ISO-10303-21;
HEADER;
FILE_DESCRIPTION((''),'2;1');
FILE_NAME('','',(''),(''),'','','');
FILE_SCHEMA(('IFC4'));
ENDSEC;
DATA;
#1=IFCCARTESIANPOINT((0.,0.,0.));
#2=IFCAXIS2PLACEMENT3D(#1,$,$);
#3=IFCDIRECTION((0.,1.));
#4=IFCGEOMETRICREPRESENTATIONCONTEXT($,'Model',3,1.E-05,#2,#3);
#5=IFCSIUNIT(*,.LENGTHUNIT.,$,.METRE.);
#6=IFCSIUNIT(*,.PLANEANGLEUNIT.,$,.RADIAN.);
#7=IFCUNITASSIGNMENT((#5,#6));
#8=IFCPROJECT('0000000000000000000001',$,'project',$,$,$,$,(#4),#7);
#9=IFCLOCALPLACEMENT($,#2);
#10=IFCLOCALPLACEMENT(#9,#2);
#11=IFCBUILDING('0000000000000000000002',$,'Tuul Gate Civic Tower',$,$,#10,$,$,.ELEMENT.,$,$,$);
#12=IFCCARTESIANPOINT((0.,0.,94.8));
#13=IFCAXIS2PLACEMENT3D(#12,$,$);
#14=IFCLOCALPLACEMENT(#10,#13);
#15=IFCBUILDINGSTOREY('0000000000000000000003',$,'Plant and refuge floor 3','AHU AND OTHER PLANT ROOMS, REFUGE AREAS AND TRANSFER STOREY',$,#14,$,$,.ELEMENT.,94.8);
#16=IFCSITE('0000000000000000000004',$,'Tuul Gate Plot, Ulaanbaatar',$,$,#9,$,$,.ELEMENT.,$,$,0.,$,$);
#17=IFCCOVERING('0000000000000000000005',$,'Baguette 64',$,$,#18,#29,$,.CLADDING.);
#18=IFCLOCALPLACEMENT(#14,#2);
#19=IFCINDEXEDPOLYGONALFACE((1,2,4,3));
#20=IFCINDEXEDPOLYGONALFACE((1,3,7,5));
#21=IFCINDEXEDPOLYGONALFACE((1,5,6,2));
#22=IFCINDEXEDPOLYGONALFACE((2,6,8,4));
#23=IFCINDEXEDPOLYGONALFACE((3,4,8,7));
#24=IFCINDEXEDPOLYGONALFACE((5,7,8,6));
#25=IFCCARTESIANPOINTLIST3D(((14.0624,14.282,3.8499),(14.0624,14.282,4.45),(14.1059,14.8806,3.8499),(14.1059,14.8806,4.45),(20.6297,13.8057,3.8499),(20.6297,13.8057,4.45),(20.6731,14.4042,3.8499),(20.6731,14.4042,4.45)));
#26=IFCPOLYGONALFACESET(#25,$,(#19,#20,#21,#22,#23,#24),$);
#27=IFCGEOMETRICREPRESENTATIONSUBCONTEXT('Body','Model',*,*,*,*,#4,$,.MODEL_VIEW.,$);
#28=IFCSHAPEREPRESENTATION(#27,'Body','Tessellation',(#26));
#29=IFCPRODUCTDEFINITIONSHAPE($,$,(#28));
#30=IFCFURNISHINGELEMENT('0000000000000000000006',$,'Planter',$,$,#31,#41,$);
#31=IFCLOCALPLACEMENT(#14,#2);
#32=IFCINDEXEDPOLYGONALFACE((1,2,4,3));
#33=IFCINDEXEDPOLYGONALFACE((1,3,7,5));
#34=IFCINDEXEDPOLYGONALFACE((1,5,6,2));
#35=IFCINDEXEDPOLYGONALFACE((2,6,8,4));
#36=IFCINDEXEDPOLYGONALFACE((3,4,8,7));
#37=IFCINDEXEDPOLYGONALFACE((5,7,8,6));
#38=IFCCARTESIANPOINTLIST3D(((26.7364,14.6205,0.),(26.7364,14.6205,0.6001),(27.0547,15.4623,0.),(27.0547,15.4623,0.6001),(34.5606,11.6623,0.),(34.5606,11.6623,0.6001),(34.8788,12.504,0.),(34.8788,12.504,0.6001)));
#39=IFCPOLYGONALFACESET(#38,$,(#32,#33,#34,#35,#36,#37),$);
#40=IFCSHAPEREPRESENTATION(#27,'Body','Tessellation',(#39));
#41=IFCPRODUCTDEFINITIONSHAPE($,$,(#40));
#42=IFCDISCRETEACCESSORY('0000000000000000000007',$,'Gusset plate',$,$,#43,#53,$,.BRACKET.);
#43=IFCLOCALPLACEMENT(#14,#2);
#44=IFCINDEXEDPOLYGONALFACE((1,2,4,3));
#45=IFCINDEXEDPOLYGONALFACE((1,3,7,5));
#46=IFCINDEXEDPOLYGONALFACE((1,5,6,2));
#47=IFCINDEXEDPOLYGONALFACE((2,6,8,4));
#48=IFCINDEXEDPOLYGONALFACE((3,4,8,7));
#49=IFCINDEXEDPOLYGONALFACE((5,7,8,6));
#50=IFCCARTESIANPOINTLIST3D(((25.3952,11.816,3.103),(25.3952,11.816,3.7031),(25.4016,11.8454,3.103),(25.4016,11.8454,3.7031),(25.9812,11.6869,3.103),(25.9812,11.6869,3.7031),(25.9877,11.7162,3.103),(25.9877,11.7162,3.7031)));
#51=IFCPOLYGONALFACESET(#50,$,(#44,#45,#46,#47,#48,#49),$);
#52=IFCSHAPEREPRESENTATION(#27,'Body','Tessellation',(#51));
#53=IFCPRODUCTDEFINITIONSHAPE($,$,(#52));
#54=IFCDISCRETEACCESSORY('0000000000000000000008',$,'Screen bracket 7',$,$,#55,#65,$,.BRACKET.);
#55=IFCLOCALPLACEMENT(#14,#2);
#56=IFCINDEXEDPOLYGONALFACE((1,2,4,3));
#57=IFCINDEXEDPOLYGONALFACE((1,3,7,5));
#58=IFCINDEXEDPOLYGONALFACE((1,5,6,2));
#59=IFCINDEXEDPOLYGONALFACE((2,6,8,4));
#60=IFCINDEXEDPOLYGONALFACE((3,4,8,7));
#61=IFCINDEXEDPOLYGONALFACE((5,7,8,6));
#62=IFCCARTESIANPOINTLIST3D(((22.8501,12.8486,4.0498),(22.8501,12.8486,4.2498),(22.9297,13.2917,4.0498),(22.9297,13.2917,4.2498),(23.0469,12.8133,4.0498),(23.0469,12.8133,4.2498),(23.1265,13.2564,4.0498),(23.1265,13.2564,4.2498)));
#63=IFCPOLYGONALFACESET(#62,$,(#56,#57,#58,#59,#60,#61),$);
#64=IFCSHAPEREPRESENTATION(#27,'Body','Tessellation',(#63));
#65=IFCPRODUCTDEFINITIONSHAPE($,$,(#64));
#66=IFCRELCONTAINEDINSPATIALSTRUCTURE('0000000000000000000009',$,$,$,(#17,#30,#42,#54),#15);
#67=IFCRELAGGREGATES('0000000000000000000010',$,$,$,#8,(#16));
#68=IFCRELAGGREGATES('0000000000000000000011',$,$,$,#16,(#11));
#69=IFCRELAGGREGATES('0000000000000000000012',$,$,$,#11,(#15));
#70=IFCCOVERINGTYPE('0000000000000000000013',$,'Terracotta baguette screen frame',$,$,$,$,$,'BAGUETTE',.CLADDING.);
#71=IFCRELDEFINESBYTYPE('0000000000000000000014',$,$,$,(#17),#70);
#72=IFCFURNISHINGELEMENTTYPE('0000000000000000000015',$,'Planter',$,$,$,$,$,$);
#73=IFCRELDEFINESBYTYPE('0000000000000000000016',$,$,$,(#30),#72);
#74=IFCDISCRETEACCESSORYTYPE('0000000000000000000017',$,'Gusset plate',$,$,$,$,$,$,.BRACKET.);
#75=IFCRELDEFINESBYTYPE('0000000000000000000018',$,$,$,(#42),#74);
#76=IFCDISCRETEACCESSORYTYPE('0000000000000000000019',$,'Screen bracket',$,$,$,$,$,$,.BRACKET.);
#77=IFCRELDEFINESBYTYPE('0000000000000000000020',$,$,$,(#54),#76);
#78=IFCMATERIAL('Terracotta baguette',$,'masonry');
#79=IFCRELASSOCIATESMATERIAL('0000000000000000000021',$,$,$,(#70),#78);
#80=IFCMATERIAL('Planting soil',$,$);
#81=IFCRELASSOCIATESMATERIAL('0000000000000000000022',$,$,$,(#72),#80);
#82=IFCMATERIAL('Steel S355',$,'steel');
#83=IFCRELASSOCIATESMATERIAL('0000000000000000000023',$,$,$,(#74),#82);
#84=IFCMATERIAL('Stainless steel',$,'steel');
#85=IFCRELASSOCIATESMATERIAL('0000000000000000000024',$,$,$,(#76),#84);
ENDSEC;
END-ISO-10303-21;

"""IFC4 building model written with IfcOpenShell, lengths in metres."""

from ifc_helpers import new_model, si_unit, direction, frame, origin, origin_2d, place, context, subcontext, project, spatial, rectangle, extrude, material, material_profile, profile_set, type_object, element, save


model = new_model("IFC4")

# Units and contexts
model_context = context("Model", 3, precision=1e-05, world=origin(), true_north=direction((0.0, 1.0)))
body_context = subcontext(model_context, "Body", "Model", "MODEL_VIEW")
ifc_project = project(units=[si_unit("LENGTHUNIT", "METRE"), si_unit("PLANEANGLEUNIT", "RADIAN")], contexts=[model_context])

# Site, building, storey
site_placement = place(None, origin())
site = spatial("IfcSite", under=ifc_project, at=site_placement, Name="Tuul Gate Plot, Ulaanbaatar", CompositionType="ELEMENT", RefElevation=0.0)
building_placement = place(site_placement, origin())
building = spatial("IfcBuilding", under=site, at=building_placement, Name="Tuul Gate Civic Tower", CompositionType="ELEMENT")
storey_placement = place(building_placement, frame((0.0, 0.0, 94.8)))
storey = spatial("IfcBuildingStorey", under=building, at=storey_placement, Name="Plant and refuge floor 3", Description="AHU AND OTHER PLANT ROOMS, REFUGE AREAS AND TRANSFER STOREY", CompositionType="ELEMENT", Elevation=94.8)

# Covering
ifc_material_1 = material(Name="Terracotta baguette", Category="masonry")
ifc_material_profile_1 = material_profile(ifc_material_1, rectangle(XDim=0.6001, YDim=0.6001, at=origin_2d()), Name="Terracotta baguette screen frame")
ifc_profile_set_1 = profile_set([ifc_material_profile_1], Name="Terracotta baguette")
covering_type = type_object("IfcCoveringType", Name="Terracotta baguette screen frame", ElementType="BAGUETTE", PredefinedType="CLADDING", material=ifc_profile_set_1)
covering_1_placement = place(storey_placement, frame((20.6514, 14.105, 4.1499), z_axis=(-0.99738, 0.072341, 0.0), x_axis=(-0.072341, -0.99738, 0.0)))
element("IfcCovering", 1, at=covering_1_placement, inside=storey, type_object=covering_type, Name="Baguette 64", PredefinedType="CLADDING", context=body_context, shape_type="SweptSolid", body=[
    extrude(rectangle(XDim=0.6001, YDim=0.6001, at=origin_2d()), origin(), (0.0, 0.0, 1.0), 6.5845),
])

# Furnishing element
ifc_material_2 = material(Name="Planting soil")
furnishing_element_type = type_object("IfcFurnishingElementType", Name="Planter", material=ifc_material_2)
furnishing_placement = place(storey_placement, frame((30.8076, 13.5623, 0.0), z_axis=(0.0, 0.0, 1.0), x_axis=(-0.935375, 0.353657, 0.0)))
element("IfcFurnishingElement", 2, at=furnishing_placement, inside=storey, type_object=furnishing_element_type, Name="Planter", context=body_context, shape_type="SweptSolid", body=[
    extrude(rectangle(XDim=8.3647, YDim=0.8999, at=origin_2d()), origin(), (0.0, 0.0, 1.0), 0.6001),
])

# Discrete accessories
ifc_material_3 = material(Name="Steel S355", Category="steel")
discrete_accessory_type_1 = type_object("IfcDiscreteAccessoryType", Name="Gusset plate", PredefinedType="BRACKET", material=ifc_material_3)
discrete_accessory_1_placement = place(storey_placement, frame((25.6914, 11.7661, 3.103), z_axis=(0.0, 0.0, 1.0), x_axis=(0.976565, -0.215224, 0.0)))
element("IfcDiscreteAccessory", 3, at=discrete_accessory_1_placement, inside=storey, type_object=discrete_accessory_type_1, Name="Gusset plate", PredefinedType="BRACKET", context=body_context, shape_type="SweptSolid", body=[
    extrude(rectangle(XDim=0.6001, YDim=0.03, at=origin_2d()), origin(), (0.0, 0.0, 1.0), 0.6001),
])
ifc_material_4 = material(Name="Stainless steel", Category="steel")
discrete_accessory_type_2 = type_object("IfcDiscreteAccessoryType", Name="Screen bracket", PredefinedType="BRACKET", material=ifc_material_4)
discrete_accessory_2_placement = place(storey_placement, frame((22.9883, 13.0525, 4.0498), z_axis=(0.0, 0.0, 1.0), x_axis=(0.176812, 0.984245, 0.0)))
element("IfcDiscreteAccessory", 4, at=discrete_accessory_2_placement, inside=storey, type_object=discrete_accessory_type_2, Name="Screen bracket 7", PredefinedType="BRACKET", context=body_context, shape_type="SweptSolid", body=[
    extrude(rectangle(XDim=0.4502, YDim=0.2, at=origin_2d()), origin(), (0.0, 0.0, 1.0), 0.2),
])

save(model, "model.ifc")
